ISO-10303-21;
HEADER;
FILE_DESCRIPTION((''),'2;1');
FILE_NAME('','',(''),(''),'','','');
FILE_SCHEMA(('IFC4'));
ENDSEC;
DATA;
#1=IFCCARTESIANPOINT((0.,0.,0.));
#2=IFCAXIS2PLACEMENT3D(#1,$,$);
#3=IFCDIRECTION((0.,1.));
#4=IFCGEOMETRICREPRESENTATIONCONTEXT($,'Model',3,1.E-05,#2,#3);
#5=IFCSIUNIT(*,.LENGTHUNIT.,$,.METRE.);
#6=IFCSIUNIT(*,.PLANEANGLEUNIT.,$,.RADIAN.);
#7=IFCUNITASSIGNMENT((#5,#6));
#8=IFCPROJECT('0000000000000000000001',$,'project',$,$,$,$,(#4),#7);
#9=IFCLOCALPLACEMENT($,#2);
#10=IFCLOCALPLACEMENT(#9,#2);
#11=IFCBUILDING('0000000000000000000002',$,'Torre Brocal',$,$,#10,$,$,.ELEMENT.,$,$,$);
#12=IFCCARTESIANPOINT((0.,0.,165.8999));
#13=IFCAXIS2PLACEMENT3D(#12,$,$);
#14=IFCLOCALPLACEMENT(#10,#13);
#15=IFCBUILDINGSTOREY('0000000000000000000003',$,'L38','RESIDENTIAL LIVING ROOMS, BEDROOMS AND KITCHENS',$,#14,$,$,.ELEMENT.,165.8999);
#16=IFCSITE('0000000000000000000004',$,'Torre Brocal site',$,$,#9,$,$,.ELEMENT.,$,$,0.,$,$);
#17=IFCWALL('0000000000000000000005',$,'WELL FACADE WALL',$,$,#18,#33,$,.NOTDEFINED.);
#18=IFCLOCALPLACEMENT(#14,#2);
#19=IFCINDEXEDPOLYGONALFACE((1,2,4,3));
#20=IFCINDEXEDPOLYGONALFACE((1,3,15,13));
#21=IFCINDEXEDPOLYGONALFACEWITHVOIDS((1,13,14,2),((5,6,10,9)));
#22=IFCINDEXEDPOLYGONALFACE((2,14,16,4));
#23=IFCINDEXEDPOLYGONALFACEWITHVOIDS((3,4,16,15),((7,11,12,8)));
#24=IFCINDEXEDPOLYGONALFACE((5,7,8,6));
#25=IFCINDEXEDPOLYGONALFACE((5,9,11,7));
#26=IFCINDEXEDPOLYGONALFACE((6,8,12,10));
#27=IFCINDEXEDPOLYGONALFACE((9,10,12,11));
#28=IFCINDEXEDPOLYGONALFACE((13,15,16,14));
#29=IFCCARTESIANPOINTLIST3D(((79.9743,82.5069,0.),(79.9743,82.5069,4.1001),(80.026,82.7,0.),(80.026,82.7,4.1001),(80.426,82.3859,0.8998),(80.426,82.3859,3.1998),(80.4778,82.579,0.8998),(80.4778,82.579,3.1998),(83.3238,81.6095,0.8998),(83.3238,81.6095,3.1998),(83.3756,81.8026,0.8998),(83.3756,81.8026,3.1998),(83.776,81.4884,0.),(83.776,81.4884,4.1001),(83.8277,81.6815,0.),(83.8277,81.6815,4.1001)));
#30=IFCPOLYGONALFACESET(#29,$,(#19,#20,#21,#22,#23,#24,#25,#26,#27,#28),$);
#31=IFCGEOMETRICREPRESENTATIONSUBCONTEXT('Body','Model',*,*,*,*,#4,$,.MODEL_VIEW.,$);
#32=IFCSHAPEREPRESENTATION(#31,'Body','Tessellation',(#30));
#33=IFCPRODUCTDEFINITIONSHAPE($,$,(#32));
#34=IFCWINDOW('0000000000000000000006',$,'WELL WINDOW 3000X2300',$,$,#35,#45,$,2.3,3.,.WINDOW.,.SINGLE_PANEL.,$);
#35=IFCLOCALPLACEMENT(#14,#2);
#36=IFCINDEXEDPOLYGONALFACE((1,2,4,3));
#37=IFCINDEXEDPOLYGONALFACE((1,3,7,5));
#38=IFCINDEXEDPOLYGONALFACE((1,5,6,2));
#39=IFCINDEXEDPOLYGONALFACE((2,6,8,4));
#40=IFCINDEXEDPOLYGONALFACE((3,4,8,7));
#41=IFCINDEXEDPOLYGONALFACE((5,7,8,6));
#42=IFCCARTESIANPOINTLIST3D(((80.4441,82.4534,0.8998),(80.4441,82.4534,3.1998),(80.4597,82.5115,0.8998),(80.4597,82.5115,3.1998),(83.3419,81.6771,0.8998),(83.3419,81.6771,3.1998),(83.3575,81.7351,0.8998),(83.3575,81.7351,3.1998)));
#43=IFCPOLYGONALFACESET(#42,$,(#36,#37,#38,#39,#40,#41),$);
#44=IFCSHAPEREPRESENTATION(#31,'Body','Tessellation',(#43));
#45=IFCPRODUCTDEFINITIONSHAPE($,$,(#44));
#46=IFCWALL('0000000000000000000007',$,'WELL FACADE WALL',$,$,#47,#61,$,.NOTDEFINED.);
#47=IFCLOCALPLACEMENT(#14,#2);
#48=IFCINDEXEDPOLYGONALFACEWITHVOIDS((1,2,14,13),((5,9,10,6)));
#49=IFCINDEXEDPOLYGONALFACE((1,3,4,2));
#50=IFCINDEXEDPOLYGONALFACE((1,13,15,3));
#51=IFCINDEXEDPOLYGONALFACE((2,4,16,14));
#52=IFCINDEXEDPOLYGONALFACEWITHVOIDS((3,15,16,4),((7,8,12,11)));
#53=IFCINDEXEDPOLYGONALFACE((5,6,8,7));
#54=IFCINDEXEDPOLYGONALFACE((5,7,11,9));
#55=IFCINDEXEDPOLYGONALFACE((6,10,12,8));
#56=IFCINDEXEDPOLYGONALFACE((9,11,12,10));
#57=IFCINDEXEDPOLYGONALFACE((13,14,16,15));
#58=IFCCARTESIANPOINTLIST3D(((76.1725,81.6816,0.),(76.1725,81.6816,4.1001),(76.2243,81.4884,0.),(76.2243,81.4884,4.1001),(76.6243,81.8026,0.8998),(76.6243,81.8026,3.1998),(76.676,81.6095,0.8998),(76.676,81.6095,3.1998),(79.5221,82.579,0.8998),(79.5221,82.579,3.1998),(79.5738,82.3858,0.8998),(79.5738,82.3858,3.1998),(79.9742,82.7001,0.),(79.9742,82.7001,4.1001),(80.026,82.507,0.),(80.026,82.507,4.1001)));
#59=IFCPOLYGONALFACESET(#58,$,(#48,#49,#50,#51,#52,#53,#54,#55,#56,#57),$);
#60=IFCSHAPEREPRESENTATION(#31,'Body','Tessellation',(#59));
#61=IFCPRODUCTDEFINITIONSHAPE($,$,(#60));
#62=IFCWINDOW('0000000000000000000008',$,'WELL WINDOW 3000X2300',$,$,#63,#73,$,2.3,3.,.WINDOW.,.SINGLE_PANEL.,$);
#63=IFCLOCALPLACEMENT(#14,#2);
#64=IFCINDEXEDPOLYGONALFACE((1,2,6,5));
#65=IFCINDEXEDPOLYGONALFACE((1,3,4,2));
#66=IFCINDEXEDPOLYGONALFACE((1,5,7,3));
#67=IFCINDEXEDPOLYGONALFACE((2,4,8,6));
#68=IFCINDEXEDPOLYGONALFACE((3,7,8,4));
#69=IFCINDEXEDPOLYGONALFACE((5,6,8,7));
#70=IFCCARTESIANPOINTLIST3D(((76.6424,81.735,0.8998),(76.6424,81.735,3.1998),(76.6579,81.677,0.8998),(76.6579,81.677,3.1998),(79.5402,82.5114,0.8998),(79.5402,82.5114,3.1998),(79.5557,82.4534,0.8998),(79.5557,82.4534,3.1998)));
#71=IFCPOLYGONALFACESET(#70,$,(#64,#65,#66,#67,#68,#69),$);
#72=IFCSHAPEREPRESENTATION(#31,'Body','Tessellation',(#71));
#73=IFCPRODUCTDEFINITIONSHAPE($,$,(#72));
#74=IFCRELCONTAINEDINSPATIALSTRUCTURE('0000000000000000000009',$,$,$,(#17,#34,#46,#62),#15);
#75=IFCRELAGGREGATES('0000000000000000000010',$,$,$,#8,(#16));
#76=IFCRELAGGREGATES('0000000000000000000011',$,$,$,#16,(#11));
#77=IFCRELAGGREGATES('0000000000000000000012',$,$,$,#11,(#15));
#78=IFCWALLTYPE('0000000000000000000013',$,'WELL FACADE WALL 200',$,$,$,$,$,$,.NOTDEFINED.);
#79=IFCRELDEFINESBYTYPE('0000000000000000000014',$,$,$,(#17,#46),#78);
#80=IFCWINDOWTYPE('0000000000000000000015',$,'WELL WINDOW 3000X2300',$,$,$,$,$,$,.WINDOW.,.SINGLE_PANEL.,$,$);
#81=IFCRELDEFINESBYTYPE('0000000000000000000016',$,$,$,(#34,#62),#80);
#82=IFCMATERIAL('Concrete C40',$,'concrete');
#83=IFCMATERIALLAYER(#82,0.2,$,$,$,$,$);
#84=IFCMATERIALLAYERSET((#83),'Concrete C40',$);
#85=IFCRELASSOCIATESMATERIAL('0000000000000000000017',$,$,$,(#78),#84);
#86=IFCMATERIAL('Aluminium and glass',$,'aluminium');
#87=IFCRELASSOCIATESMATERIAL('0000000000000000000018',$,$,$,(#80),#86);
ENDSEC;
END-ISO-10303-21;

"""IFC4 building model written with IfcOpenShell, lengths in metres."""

from ifc_helpers import new_model, si_unit, direction, frame, frame_2d, origin, place, context, subcontext, project, spatial, rectangle, extrude, material, layer, layer_set, type_object, element, fill, save


model = new_model("IFC4")

# Units and contexts
model_context = context("Model", 3, precision=1e-05, world=origin(), true_north=direction((0.0, 1.0)))
body_context = subcontext(model_context, "Body", "Model", "MODEL_VIEW")
ifc_project = project(units=[si_unit("LENGTHUNIT", "METRE"), si_unit("PLANEANGLEUNIT", "RADIAN")], contexts=[model_context])

# Site, building, storey
site_placement = place(None, origin())
site = spatial("IfcSite", under=ifc_project, at=site_placement, Name="Torre Brocal site", CompositionType="ELEMENT", RefElevation=0.0)
building_placement = place(site_placement, origin())
building = spatial("IfcBuilding", under=site, at=building_placement, Name="Torre Brocal", CompositionType="ELEMENT")
storey_placement = place(building_placement, frame((0.0, 0.0, 165.8999)))
storey = spatial("IfcBuildingStorey", under=building, at=storey_placement, Name="L38", Description="RESIDENTIAL LIVING ROOMS, BEDROOMS AND KITCHENS", CompositionType="ELEMENT", Elevation=165.8999)

# Walls, openings, windows
ifc_material_1 = material(Name="Concrete C40", Category="concrete")
ifc_layer_1 = layer(ifc_material_1, 0.2)
ifc_layer_set_1 = layer_set([ifc_layer_1], Name="Concrete C40")
wall_type_1 = type_object("IfcWallType", Name="WELL FACADE WALL 200", PredefinedType="NOTDEFINED", material=ifc_layer_set_1)
ifc_material_2 = material(Name="Aluminium and glass", Category="aluminium")
window_type = type_object("IfcWindowType", Name="WELL WINDOW 3000X2300", PartitioningType="SINGLE_PANEL", PredefinedType="WINDOW", material=ifc_material_2)
wall_1_placement = place(storey_placement, frame((83.8018, 81.585, 0.0), z_axis=(0.0, 0.0, 1.0), x_axis=(-0.965934, 0.25879, 0.0)))
wall_1 = element("IfcWall", 1, at=wall_1_placement, inside=storey, type_object=wall_type_1, Name="WELL FACADE WALL", PredefinedType="NOTDEFINED", context=body_context, shape_type="SweptSolid", body=[
    extrude(rectangle(XDim=3.9358, YDim=0.2, at=frame_2d((1.9678, 0.0))), origin(), (0.0, 0.0, 1.0), 4.1001),
])
opening_1_placement = place(wall_1_placement, frame((0.468, 0.0, 0.8999)))
opening_1 = element("IfcOpeningElement", 2, at=opening_1_placement, cuts=wall_1, PredefinedType="OPENING", context=body_context, shape_type="SweptSolid", body=[
    extrude(rectangle(XDim=3.0, YDim=2.3, at=frame_2d((1.5, 1.1499))), frame((0.0, 0.1099, 0.0), z_axis=(0.0, -1.0, 0.0), x_axis=(1.0, 0.0, 0.0)), (0.0, 0.0, 1.0), 0.22),
])
window_1_placement = place(opening_1_placement, origin())
window_1 = element("IfcWindow", 3, at=window_1_placement, inside=storey, type_object=window_type, Name="WELL WINDOW 3000X2300", OverallHeight=2.3, OverallWidth=3.0, PartitioningType="SINGLE_PANEL", PredefinedType="WINDOW", context=body_context, shape_type="SweptSolid", body=[
    extrude(rectangle(XDim=3.0, YDim=2.3, at=frame_2d((1.5, 1.1499))), frame((0.0, 0.03, 0.0), z_axis=(0.0, -1.0, 0.0), x_axis=(1.0, 0.0, 0.0)), (0.0, 0.0, 1.0), 0.0601),
])
fill(opening_1, window_1)
wall_2_placement = place(storey_placement, frame((80.0, 82.6035, 0.0), z_axis=(0.0, 0.0, 1.0), x_axis=(-0.965934, -0.25879, 0.0)))
wall_2 = element("IfcWall", 4, at=wall_2_placement, inside=storey, type_object=wall_type_1, Name="WELL FACADE WALL", PredefinedType="NOTDEFINED", context=body_context, shape_type="SweptSolid", body=[
    extrude(rectangle(XDim=3.9358, YDim=0.2, at=frame_2d((1.9678, 0.0))), origin(), (0.0, 0.0, 1.0), 4.1001),
])
opening_2_placement = place(wall_2_placement, frame((0.468, 0.0, 0.8999)))
opening_2 = element("IfcOpeningElement", 5, at=opening_2_placement, cuts=wall_2, PredefinedType="OPENING", context=body_context, shape_type="SweptSolid", body=[
    extrude(rectangle(XDim=3.0, YDim=2.3, at=frame_2d((1.5, 1.1499))), frame((0.0, 0.1099, 0.0), z_axis=(0.0, -1.0, 0.0), x_axis=(1.0, 0.0, 0.0)), (0.0, 0.0, 1.0), 0.22),
])
window_2_placement = place(opening_2_placement, origin())
window_2 = element("IfcWindow", 6, at=window_2_placement, inside=storey, type_object=window_type, Name="WELL WINDOW 3000X2300", OverallHeight=2.3, OverallWidth=3.0, PartitioningType="SINGLE_PANEL", PredefinedType="WINDOW", context=body_context, shape_type="SweptSolid", body=[
    extrude(rectangle(XDim=3.0, YDim=2.3, at=frame_2d((1.5, 1.1499))), frame((0.0, 0.03, 0.0), z_axis=(0.0, -1.0, 0.0), x_axis=(1.0, 0.0, 0.0)), (0.0, 0.0, 1.0), 0.0601),
])
fill(opening_2, window_2)

save(model, "model.ifc")
